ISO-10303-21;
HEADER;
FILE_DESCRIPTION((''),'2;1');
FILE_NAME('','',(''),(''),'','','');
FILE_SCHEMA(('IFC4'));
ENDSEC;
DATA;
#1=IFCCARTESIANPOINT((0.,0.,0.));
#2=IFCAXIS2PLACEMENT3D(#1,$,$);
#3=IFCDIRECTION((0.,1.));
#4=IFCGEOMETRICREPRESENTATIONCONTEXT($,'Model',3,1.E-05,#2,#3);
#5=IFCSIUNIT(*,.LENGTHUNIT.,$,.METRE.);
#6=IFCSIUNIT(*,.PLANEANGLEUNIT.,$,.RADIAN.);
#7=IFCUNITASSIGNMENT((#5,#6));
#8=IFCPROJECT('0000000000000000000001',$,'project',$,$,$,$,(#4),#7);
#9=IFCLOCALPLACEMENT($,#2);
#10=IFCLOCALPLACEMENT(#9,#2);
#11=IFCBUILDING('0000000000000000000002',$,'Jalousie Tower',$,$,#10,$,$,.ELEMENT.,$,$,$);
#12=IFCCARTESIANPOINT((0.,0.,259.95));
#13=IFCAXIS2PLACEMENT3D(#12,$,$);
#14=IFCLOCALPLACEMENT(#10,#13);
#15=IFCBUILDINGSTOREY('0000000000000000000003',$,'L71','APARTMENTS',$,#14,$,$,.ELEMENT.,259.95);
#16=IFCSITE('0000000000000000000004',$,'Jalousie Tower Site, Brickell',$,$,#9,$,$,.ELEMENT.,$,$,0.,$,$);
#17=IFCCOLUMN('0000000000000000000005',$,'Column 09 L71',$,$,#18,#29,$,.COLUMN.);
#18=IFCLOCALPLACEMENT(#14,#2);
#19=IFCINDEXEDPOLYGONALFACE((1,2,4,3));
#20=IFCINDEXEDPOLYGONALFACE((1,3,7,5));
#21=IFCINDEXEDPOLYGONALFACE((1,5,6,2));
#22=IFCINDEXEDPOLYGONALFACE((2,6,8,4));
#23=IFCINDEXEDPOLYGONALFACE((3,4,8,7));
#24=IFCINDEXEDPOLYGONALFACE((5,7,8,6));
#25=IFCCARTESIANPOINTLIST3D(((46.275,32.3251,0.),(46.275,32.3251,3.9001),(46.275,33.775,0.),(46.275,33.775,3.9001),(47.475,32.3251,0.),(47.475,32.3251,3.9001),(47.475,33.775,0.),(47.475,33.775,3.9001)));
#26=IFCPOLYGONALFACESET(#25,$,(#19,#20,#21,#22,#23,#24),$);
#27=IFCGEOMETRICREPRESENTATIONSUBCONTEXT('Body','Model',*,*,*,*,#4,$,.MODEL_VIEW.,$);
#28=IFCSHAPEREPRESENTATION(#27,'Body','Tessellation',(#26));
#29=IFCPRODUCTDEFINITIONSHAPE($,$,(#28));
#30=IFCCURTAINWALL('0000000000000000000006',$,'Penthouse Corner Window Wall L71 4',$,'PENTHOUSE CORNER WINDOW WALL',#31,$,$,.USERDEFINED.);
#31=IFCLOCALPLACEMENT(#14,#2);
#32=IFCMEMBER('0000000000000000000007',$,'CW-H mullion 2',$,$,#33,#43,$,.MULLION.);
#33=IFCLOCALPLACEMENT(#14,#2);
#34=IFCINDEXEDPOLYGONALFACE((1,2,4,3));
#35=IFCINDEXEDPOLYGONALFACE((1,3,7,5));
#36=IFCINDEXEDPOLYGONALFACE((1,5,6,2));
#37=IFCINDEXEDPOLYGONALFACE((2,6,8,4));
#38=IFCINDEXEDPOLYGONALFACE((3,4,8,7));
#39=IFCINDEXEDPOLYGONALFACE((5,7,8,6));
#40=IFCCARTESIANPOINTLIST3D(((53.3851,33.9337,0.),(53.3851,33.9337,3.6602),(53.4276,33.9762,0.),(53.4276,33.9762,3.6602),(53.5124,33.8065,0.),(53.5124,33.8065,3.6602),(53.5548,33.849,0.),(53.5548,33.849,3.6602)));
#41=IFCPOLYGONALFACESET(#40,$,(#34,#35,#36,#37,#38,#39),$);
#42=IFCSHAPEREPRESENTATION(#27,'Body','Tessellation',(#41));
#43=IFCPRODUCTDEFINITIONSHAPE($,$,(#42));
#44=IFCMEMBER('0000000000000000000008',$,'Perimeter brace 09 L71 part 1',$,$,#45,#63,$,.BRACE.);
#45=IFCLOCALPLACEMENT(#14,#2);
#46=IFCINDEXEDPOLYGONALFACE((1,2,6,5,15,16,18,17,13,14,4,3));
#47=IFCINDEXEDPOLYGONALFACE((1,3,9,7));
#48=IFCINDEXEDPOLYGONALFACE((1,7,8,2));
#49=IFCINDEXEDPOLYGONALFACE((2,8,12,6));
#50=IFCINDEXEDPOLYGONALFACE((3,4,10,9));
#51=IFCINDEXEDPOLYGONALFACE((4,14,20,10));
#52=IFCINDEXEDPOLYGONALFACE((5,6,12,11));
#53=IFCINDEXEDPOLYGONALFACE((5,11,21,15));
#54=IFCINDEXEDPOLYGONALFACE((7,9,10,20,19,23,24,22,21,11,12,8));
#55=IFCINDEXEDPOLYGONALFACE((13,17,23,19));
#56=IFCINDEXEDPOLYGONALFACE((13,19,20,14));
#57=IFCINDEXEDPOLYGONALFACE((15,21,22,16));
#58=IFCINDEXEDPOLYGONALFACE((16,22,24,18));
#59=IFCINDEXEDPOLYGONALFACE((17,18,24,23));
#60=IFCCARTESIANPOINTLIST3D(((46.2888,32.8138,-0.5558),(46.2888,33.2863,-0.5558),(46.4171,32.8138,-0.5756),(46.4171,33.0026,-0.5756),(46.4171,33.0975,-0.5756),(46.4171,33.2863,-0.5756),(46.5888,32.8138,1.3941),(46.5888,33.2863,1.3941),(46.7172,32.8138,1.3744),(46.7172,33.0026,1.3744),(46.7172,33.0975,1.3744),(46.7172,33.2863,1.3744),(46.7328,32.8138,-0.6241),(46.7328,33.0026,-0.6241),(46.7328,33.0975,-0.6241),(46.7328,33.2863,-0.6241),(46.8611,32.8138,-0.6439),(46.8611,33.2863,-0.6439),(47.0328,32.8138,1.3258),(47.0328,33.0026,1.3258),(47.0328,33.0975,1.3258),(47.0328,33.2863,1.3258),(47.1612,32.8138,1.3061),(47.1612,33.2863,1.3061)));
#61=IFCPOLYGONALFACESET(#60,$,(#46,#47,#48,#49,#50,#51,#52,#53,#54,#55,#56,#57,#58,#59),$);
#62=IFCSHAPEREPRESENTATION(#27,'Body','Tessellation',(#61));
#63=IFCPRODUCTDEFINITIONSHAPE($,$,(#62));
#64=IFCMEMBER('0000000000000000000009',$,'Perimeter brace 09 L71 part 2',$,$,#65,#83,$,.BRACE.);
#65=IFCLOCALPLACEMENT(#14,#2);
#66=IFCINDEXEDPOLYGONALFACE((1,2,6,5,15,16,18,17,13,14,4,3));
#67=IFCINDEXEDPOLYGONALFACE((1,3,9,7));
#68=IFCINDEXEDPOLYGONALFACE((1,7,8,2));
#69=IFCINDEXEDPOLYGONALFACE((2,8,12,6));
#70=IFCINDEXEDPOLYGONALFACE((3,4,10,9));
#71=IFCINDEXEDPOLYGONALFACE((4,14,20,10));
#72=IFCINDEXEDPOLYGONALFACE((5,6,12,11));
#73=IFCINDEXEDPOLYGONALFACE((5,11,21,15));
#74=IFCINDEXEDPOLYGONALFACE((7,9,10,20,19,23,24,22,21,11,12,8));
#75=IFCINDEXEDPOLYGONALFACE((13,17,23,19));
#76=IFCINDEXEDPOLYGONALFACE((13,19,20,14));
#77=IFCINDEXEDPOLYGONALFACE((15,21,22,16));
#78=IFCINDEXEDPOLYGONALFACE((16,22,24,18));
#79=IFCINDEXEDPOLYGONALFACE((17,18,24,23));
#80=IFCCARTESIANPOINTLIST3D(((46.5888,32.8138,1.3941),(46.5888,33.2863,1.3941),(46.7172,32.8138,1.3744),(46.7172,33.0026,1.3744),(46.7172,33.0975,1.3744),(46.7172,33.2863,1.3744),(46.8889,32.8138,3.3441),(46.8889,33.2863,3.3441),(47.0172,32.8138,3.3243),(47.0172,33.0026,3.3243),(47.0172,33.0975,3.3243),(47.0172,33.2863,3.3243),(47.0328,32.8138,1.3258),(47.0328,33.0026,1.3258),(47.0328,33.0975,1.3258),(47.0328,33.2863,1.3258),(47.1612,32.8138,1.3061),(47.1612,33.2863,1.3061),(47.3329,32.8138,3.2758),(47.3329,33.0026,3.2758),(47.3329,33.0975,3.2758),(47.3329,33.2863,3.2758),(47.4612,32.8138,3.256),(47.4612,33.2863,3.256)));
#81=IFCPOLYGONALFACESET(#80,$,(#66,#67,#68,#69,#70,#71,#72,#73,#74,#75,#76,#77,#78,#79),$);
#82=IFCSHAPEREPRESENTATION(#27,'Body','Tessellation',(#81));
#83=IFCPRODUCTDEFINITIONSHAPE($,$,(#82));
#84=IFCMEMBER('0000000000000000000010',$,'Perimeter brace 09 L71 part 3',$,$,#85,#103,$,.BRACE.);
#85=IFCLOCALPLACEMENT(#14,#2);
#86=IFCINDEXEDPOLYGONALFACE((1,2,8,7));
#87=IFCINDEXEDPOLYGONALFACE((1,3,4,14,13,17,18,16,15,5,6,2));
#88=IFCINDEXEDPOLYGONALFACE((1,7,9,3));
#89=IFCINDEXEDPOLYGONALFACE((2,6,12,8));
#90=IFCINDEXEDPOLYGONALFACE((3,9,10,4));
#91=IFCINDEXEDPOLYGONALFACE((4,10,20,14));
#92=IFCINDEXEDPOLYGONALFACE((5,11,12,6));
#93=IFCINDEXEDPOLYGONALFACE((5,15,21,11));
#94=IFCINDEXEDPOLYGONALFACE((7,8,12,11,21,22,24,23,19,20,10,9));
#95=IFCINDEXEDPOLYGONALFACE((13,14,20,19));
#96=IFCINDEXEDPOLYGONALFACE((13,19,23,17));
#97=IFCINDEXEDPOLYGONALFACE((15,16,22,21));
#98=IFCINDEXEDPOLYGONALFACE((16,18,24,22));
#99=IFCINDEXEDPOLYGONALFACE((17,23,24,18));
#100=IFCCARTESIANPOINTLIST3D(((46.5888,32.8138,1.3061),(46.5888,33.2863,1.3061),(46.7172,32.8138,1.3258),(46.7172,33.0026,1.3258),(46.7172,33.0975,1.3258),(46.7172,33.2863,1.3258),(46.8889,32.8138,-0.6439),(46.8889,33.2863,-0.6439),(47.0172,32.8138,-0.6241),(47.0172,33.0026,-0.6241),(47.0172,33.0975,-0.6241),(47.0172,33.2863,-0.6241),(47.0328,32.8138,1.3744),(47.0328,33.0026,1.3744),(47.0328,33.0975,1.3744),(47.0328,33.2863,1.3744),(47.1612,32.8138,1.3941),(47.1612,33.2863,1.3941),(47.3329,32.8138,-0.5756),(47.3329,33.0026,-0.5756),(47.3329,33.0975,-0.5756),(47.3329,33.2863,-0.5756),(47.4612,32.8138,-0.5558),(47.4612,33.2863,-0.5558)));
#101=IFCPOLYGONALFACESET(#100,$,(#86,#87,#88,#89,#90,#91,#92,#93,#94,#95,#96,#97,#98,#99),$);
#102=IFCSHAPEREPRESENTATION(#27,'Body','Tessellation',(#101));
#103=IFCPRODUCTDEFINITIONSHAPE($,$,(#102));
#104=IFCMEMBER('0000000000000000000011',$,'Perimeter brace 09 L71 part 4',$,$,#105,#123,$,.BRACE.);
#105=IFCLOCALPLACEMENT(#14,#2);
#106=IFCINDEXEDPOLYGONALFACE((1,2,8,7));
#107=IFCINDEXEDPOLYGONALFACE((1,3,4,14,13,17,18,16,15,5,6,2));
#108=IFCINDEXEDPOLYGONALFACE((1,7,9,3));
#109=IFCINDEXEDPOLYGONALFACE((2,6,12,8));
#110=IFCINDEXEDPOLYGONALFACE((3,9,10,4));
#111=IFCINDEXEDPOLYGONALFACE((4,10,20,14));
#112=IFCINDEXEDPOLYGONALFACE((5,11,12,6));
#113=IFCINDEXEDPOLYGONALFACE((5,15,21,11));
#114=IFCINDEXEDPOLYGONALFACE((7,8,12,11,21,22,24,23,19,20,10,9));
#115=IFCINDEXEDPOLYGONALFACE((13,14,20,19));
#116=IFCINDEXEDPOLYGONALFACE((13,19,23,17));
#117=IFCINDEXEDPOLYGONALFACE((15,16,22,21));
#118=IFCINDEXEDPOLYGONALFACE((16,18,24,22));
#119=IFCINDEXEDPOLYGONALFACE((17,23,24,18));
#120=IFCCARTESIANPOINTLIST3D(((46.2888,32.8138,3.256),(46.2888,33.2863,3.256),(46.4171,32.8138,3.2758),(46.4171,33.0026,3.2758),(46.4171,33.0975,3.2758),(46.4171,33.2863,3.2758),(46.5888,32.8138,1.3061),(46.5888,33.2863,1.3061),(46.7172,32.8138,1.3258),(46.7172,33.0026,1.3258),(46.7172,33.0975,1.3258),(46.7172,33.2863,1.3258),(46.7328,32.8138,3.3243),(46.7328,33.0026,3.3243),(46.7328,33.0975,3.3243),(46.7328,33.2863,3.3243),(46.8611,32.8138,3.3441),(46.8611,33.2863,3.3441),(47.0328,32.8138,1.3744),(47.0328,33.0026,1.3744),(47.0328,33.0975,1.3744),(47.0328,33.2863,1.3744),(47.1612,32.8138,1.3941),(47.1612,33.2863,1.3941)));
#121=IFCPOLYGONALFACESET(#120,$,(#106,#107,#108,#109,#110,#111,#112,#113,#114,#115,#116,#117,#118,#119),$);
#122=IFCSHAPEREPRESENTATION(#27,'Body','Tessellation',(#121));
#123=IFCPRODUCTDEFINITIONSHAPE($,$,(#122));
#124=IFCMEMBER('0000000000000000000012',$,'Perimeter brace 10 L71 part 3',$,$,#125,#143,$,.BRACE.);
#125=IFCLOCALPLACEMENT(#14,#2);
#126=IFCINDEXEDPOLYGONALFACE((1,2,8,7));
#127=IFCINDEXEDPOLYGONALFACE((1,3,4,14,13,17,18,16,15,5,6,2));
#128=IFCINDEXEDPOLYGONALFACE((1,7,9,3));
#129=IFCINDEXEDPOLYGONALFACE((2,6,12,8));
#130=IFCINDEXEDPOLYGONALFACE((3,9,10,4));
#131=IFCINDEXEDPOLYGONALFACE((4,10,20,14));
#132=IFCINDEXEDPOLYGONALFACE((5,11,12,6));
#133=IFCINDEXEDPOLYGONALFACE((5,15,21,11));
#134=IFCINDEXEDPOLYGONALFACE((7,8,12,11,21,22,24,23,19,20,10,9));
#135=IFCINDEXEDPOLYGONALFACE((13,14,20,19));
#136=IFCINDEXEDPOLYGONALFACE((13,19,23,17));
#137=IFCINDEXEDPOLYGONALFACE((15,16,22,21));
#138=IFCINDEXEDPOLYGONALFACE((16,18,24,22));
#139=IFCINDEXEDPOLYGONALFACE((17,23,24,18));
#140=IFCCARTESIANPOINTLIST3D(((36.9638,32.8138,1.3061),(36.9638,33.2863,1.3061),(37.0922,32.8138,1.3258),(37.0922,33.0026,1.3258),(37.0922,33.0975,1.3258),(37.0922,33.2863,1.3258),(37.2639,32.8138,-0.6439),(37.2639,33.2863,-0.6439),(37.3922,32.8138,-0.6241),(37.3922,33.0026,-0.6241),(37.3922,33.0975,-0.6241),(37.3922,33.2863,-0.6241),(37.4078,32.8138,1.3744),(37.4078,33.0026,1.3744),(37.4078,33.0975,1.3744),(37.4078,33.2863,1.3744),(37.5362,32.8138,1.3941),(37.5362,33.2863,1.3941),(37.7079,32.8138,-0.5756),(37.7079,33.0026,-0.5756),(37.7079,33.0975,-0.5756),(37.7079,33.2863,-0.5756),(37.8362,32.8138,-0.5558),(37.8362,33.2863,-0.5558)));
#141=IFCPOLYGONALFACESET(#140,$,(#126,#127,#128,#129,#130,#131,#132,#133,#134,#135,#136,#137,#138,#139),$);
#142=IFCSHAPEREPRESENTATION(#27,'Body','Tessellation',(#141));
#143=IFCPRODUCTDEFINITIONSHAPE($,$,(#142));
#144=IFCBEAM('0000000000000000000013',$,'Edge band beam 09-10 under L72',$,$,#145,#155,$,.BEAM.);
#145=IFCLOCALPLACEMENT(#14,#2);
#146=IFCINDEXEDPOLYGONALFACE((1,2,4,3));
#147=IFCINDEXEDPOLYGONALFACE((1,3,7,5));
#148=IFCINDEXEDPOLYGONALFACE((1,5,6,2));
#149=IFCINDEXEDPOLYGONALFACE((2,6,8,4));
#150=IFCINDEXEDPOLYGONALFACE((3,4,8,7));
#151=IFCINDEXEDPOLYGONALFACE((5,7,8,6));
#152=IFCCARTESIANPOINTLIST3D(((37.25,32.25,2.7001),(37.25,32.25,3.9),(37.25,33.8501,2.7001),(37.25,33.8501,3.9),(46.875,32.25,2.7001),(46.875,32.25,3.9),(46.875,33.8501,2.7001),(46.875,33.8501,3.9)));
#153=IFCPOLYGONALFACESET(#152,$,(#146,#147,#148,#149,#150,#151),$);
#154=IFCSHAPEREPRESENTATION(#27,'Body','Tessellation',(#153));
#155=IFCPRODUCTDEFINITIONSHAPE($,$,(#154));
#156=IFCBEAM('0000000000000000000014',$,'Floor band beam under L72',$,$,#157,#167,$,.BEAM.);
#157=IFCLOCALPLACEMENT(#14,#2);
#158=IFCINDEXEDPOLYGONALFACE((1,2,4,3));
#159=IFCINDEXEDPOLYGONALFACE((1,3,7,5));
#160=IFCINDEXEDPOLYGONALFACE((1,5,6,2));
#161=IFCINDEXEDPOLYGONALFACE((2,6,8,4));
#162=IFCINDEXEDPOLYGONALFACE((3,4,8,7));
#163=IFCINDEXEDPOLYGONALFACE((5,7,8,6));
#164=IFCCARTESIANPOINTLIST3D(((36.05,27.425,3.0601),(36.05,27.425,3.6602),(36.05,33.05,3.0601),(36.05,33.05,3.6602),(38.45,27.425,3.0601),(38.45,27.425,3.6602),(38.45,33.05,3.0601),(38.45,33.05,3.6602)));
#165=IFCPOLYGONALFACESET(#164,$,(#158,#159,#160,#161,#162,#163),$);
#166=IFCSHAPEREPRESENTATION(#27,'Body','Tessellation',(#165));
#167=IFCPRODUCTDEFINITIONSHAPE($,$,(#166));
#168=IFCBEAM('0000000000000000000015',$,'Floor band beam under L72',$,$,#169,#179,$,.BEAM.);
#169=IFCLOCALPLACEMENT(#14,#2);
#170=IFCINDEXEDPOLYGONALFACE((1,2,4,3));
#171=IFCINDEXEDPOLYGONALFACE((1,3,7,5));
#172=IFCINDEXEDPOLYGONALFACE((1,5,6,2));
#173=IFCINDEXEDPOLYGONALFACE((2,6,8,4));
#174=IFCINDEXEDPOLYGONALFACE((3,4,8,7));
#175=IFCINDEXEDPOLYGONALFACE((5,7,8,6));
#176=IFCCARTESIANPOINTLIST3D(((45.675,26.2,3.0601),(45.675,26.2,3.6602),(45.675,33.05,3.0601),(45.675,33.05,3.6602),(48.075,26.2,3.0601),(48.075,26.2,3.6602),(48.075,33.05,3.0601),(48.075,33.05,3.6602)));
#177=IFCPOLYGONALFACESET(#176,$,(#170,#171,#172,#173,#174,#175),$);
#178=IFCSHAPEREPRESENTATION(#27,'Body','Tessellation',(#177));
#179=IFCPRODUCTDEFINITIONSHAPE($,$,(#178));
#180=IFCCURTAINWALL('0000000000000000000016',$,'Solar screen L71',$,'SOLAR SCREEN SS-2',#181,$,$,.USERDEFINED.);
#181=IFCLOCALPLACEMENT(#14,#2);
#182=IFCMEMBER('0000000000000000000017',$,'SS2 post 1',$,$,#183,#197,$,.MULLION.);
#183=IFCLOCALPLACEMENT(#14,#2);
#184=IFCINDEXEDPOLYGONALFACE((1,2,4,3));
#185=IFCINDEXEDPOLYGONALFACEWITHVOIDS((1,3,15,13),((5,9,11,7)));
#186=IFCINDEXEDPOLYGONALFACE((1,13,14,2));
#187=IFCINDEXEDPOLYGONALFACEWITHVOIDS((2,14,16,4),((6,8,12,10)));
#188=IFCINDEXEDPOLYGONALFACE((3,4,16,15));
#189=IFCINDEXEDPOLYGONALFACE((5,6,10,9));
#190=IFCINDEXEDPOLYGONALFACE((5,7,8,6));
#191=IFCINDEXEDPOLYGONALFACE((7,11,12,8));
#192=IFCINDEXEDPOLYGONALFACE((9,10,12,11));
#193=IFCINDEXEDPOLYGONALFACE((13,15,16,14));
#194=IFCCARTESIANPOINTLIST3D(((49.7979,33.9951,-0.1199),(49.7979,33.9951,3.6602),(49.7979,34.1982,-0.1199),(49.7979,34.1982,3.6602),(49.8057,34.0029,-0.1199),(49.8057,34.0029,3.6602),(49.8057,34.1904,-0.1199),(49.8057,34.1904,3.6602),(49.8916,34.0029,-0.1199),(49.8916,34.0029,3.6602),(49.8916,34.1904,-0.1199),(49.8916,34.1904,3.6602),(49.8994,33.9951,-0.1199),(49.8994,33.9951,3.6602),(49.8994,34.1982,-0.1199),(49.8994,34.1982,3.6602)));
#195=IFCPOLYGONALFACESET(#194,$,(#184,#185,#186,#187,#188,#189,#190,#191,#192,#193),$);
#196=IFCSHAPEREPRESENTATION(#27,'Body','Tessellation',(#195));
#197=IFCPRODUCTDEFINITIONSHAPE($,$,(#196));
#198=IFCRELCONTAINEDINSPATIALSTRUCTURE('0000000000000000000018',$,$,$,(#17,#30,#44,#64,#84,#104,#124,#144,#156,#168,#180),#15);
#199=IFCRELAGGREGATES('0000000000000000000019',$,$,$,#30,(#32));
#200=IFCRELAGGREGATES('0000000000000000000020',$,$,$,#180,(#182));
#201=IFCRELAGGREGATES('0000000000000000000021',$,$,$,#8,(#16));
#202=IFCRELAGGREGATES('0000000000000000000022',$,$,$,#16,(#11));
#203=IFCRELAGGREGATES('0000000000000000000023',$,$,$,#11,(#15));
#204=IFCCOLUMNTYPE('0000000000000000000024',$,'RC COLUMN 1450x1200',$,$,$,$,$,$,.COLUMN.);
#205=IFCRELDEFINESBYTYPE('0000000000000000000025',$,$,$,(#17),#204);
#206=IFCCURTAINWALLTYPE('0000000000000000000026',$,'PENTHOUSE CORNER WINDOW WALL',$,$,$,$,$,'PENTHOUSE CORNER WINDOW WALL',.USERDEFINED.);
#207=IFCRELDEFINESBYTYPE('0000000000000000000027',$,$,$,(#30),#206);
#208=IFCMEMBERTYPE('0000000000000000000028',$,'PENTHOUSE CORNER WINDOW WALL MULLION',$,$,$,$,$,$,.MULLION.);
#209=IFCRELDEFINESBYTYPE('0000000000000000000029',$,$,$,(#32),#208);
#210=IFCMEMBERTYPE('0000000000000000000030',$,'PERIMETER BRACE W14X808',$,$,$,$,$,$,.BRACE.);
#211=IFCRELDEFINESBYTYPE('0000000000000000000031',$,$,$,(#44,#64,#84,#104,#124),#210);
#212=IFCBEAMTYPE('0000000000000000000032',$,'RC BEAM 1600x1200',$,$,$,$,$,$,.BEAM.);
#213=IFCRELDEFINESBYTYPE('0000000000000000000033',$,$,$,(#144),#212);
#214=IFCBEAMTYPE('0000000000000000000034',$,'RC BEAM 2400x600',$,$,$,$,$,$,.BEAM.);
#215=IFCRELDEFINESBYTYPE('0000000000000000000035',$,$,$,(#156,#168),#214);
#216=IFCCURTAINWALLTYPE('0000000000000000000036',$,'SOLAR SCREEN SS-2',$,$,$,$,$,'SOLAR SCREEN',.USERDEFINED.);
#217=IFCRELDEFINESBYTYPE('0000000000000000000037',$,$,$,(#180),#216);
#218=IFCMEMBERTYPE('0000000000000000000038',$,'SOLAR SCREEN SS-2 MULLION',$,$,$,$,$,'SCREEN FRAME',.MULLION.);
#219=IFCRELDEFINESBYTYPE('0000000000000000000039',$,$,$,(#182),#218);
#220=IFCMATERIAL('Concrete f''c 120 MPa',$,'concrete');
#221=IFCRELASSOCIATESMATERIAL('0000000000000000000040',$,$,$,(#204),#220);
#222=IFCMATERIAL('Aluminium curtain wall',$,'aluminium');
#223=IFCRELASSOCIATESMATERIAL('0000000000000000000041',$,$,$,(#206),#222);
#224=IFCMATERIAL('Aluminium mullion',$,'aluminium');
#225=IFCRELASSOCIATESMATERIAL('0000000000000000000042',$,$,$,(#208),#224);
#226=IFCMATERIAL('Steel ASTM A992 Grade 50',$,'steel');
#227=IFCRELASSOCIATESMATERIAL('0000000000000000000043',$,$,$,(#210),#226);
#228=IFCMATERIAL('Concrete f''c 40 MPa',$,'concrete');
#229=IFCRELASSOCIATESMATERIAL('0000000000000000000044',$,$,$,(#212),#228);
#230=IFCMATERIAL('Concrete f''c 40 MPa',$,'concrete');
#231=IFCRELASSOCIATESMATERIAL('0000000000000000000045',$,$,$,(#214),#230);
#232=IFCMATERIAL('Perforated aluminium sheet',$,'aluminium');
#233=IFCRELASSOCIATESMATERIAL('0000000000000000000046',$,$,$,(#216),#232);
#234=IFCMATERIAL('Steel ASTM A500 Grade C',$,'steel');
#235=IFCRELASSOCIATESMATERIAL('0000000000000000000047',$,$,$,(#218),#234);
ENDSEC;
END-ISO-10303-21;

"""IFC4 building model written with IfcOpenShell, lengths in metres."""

from ifc_helpers import new_model, si_unit, direction, frame, origin, origin_2d, place, context, subcontext, project, spatial, rectangle, hollow_rectangle, i_section, extrude, material, material_profile, profile_set, type_object, element, aggregate, save


model = new_model("IFC4")

# Units and contexts
model_context = context("Model", 3, precision=1e-05, world=origin(), true_north=direction((0.0, 1.0)))
body_context = subcontext(model_context, "Body", "Model", "MODEL_VIEW")
ifc_project = project(units=[si_unit("LENGTHUNIT", "METRE"), si_unit("PLANEANGLEUNIT", "RADIAN")], contexts=[model_context])

# Site, building, storey
site_placement = place(None, origin())
site = spatial("IfcSite", under=ifc_project, at=site_placement, Name="Jalousie Tower Site, Brickell", CompositionType="ELEMENT", RefElevation=0.0)
building_placement = place(site_placement, origin())
building = spatial("IfcBuilding", under=site, at=building_placement, Name="Jalousie Tower", CompositionType="ELEMENT")
storey_placement = place(building_placement, frame((0.0, 0.0, 259.95)))
storey = spatial("IfcBuildingStorey", under=building, at=storey_placement, Name="L71", Description="APARTMENTS", CompositionType="ELEMENT", Elevation=259.95)

# Column
ifc_material_1 = material(Name="Concrete f'c 120 MPa", Category="concrete")
ifc_material_profile_1 = material_profile(ifc_material_1, rectangle(XDim=1.45, YDim=1.2, at=origin_2d()), Name="RC 1450x1200")
ifc_profile_set_1 = profile_set([ifc_material_profile_1], Name="Concrete f'c 120 MPa")
column_type = type_object("IfcColumnType", Name="RC COLUMN 1450x1200", PredefinedType="COLUMN", material=ifc_profile_set_1)
column_placement = place(storey_placement, frame((46.875, 33.05, 0.0), z_axis=(0.0, 0.0, 1.0), x_axis=(0.0, 1.0, 0.0)))
element("IfcColumn", 1, at=column_placement, inside=storey, type_object=column_type, Name="Column 09 L71", PredefinedType="COLUMN", context=body_context, shape_type="SweptSolid", body=[
    extrude(rectangle(XDim=1.45, YDim=1.2, at=origin_2d()), origin(), (0.0, 0.0, 1.0), 3.9001),
])

# Curtain wall, member
ifc_material_2 = material(Name="Aluminium curtain wall", Category="aluminium")
curtain_wall_type_1 = type_object("IfcCurtainWallType", Name="PENTHOUSE CORNER WINDOW WALL", ElementType="PENTHOUSE CORNER WINDOW WALL", PredefinedType="USERDEFINED", material=ifc_material_2)
curtain_wall_1_placement = place(storey_placement, origin())
curtain_wall_1 = element("IfcCurtainWall", 2, at=curtain_wall_1_placement, inside=storey, type_object=curtain_wall_type_1, Name="Penthouse Corner Window Wall L71 4", ObjectType="PENTHOUSE CORNER WINDOW WALL", PredefinedType="USERDEFINED")
ifc_material_3 = material(Name="Aluminium mullion", Category="aluminium")
ifc_material_profile_2 = material_profile(ifc_material_3, rectangle(XDim=0.0601, YDim=0.1799, at=origin_2d()), Name="MULLION 60x180")
ifc_profile_set_2 = profile_set([ifc_material_profile_2], Name="Aluminium mullion")
member_type_1 = type_object("IfcMemberType", Name="PENTHOUSE CORNER WINDOW WALL MULLION", PredefinedType="MULLION", material=ifc_profile_set_2)
member_1_placement = place(storey_placement, frame((53.47, 33.8914, 0.0), z_axis=(0.0, 0.0, 1.0), x_axis=(-0.707107, -0.707107, 0.0)))
member_1 = element("IfcMember", 3, at=member_1_placement, type_object=member_type_1, Name="CW-H mullion 2", PredefinedType="MULLION", context=body_context, shape_type="SweptSolid", body=[
    extrude(rectangle(XDim=0.0601, YDim=0.1799, at=origin_2d()), origin(), (0.0, 0.0, 1.0), 3.6602),
])
aggregate(curtain_wall_1, [member_1])

# Members
ifc_material_4 = material(Name="Steel ASTM A992 Grade 50", Category="steel")
ifc_material_profile_3 = material_profile(ifc_material_4, i_section(OverallWidth=0.4724, OverallDepth=0.5791, WebThickness=0.095, FlangeThickness=0.1299, at=origin_2d()), Name="W14X808")
ifc_profile_set_3 = profile_set([ifc_material_profile_3], Name="Steel ASTM A992 Grade 50")
member_type_2 = type_object("IfcMemberType", Name="PERIMETER BRACE W14X808", PredefinedType="BRACE", material=ifc_profile_set_3)
for number, where, z_axis, x_axis, name in (
    (4, (46.575, 33.05, -0.5999), (0.152085, 0.0, 0.988367), (0.0, 1.0, 0.0), "Perimeter brace 09 L71 part 1"),
    (5, (46.875, 33.05, 1.3501), (0.152085, 0.0, 0.988367), (0.0, 1.0, 0.0), "Perimeter brace 09 L71 part 2"),
    (6, (47.175, 33.05, -0.5999), (-0.152085, 0.0, 0.988367), (0.0, -1.0, 0.0), "Perimeter brace 09 L71 part 3"),
    (7, (46.875, 33.05, 1.3501), (-0.152085, 0.0, 0.988367), (0.0, -1.0, 0.0), "Perimeter brace 09 L71 part 4"),
    (8, (37.55, 33.05, -0.5999), (-0.152085, 0.0, 0.988367), (0.0, -1.0, 0.0), "Perimeter brace 10 L71 part 3"),
):
    element("IfcMember", number, at=place(storey_placement, frame(where, z_axis=z_axis, x_axis=x_axis)), inside=storey, type_object=member_type_2, Name=name, PredefinedType="BRACE", context=body_context, shape_type="SweptSolid", body=[
        extrude(i_section(OverallWidth=0.4724, OverallDepth=0.5791, WebThickness=0.095, FlangeThickness=0.1299, at=origin_2d()), origin(), (0.0, 0.0, 1.0), 1.9729),
    ])

# Beams
ifc_material_5 = material(Name="Concrete f'c 40 MPa", Category="concrete")
ifc_material_profile_4 = material_profile(ifc_material_5, rectangle(XDim=1.6001, YDim=1.2, at=origin_2d()), Name="RC 1600x1200")
ifc_profile_set_4 = profile_set([ifc_material_profile_4], Name="Concrete f'c 40 MPa")
beam_type_1 = type_object("IfcBeamType", Name="RC BEAM 1600x1200", PredefinedType="BEAM", material=ifc_profile_set_4)
beam_1_placement = place(storey_placement, frame((46.875, 33.05, 3.3), z_axis=(-1.0, 0.0, 0.0), x_axis=(0.0, -1.0, 0.0)))
element("IfcBeam", 9, at=beam_1_placement, inside=storey, type_object=beam_type_1, Name="Edge band beam 09-10 under L72", PredefinedType="BEAM", context=body_context, shape_type="SweptSolid", body=[
    extrude(rectangle(XDim=1.6001, YDim=1.2, at=origin_2d()), origin(), (0.0, 0.0, 1.0), 9.625),
])
ifc_material_6 = material(Name="Concrete f'c 40 MPa", Category="concrete")
ifc_material_profile_5 = material_profile(ifc_material_6, rectangle(XDim=2.3999, YDim=0.6001, at=origin_2d()), Name="RC 2400x600")
ifc_profile_set_5 = profile_set([ifc_material_profile_5], Name="Concrete f'c 40 MPa")
beam_type_2 = type_object("IfcBeamType", Name="RC BEAM 2400x600", PredefinedType="BEAM", material=ifc_profile_set_5)
beam_2_placement = place(storey_placement, frame((37.25, 33.05, 3.3601), z_axis=(0.0, -1.0, 0.0), x_axis=(1.0, 0.0, 0.0)))
element("IfcBeam", 10, at=beam_2_placement, inside=storey, type_object=beam_type_2, Name="Floor band beam under L72", PredefinedType="BEAM", context=body_context, shape_type="SweptSolid", body=[
    extrude(rectangle(XDim=2.3999, YDim=0.6001, at=origin_2d()), origin(), (0.0, 0.0, 1.0), 5.625),
])
beam_3_placement = place(storey_placement, frame((46.875, 33.05, 3.3601), z_axis=(0.0, -1.0, 0.0), x_axis=(1.0, 0.0, 0.0)))
element("IfcBeam", 11, at=beam_3_placement, inside=storey, type_object=beam_type_2, Name="Floor band beam under L72", PredefinedType="BEAM", context=body_context, shape_type="SweptSolid", body=[
    extrude(rectangle(XDim=2.3999, YDim=0.6001, at=origin_2d()), origin(), (0.0, 0.0, 1.0), 6.8501),
])

# Curtain wall, member
ifc_material_7 = material(Name="Perforated aluminium sheet", Category="aluminium")
curtain_wall_type_2 = type_object("IfcCurtainWallType", Name="SOLAR SCREEN SS-2", ElementType="SOLAR SCREEN", PredefinedType="USERDEFINED", material=ifc_material_7)
curtain_wall_2_placement = place(storey_placement, origin())
curtain_wall_2 = element("IfcCurtainWall", 12, at=curtain_wall_2_placement, inside=storey, type_object=curtain_wall_type_2, Name="Solar screen L71", ObjectType="SOLAR SCREEN SS-2", PredefinedType="USERDEFINED")
ifc_material_8 = material(Name="Steel ASTM A500 Grade C", Category="steel")
ifc_material_profile_6 = material_profile(ifc_material_8, hollow_rectangle(XDim=0.1016, YDim=0.2031, WallThickness=0.0078, at=origin_2d()), Name="HSS8X4X5/16")
ifc_profile_set_6 = profile_set([ifc_material_profile_6], Name="Steel ASTM A500 Grade C")
member_type_3 = type_object("IfcMemberType", Name="SOLAR SCREEN SS-2 MULLION", ElementType="SCREEN FRAME", PredefinedType="MULLION", material=ifc_profile_set_6)
member_2_placement = place(storey_placement, frame((49.8486, 34.0967, -0.1199), z_axis=(0.0, 0.0, 1.0), x_axis=(-1.0, 0.0, 0.0)))
member_2 = element("IfcMember", 13, at=member_2_placement, type_object=member_type_3, Name="SS2 post 1", PredefinedType="MULLION", context=body_context, shape_type="SweptSolid", body=[
    extrude(hollow_rectangle(XDim=0.1016, YDim=0.2031, WallThickness=0.0078, at=origin_2d()), origin(), (0.0, 0.0, 1.0), 3.78),
])

aggregate(curtain_wall_2, [member_2])

save(model, "model.ifc")
